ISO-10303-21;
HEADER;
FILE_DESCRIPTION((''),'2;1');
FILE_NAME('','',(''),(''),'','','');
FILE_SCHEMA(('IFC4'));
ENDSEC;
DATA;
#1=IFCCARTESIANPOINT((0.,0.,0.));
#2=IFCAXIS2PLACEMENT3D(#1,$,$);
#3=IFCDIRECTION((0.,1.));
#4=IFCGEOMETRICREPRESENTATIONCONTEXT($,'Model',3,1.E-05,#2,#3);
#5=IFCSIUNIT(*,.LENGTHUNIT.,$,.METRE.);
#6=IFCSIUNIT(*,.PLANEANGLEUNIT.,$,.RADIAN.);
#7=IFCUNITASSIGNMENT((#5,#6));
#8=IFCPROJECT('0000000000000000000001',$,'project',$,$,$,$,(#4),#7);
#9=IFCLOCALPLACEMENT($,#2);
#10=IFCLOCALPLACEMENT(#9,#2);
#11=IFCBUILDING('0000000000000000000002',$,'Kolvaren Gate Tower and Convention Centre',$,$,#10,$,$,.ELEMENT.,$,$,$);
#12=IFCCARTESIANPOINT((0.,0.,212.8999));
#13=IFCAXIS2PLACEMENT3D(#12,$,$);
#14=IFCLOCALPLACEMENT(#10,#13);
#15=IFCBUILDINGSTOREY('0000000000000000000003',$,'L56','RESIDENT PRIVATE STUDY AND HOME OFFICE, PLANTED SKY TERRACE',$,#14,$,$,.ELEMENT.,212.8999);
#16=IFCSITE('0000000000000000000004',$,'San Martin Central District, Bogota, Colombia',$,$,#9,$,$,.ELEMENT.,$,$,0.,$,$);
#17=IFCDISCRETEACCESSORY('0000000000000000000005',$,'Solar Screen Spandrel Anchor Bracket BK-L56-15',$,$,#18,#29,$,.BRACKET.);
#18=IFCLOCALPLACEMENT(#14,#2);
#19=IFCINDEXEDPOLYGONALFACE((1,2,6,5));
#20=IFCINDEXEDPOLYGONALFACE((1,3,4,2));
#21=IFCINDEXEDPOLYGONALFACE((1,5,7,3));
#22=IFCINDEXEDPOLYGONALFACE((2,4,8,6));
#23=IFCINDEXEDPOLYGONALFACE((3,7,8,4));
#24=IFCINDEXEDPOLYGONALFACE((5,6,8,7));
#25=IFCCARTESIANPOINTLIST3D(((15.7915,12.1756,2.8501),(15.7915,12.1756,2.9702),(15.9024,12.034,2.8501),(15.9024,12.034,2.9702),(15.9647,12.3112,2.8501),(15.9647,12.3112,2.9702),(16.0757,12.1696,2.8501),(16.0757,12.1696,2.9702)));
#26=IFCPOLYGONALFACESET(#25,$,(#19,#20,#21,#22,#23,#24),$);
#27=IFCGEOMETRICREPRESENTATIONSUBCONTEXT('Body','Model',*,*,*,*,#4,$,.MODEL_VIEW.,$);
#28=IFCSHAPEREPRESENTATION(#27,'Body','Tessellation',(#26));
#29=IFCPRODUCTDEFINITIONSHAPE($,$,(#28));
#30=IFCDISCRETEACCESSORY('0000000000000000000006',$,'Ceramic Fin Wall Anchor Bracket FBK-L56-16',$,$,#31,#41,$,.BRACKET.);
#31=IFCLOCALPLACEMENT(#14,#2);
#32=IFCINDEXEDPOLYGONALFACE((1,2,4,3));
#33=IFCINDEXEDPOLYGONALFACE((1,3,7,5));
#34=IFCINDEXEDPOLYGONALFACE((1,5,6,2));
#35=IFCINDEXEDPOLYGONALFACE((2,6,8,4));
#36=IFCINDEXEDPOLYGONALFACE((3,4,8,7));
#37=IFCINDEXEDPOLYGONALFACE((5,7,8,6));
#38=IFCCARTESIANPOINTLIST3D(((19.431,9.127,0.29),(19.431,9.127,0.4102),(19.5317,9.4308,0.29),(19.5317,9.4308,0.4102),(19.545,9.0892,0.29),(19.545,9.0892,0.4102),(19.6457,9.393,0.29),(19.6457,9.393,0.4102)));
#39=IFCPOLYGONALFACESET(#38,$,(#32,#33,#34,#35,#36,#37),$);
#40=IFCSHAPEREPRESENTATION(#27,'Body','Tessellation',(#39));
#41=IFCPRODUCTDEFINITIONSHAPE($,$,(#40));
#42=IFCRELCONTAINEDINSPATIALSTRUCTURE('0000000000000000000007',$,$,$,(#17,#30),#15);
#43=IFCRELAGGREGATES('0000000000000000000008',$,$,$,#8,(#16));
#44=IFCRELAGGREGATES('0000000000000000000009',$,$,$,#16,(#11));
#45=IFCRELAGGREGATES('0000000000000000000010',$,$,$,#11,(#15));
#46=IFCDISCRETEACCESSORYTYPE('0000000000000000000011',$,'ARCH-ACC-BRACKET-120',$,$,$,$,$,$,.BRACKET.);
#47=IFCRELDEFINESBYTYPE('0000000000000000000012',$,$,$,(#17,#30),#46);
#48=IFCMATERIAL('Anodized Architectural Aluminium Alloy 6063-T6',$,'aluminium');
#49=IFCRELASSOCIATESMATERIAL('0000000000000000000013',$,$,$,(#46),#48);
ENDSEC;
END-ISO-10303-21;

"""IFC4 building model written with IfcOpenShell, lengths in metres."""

from ifc_helpers import new_model, si_unit, direction, frame, origin, origin_2d, place, context, subcontext, project, spatial, rectangle, extrude, material, type_object, element, save


model = new_model("IFC4")

# Units and contexts
model_context = context("Model", 3, precision=1e-05, world=origin(), true_north=direction((0.0, 1.0)))
body_context = subcontext(model_context, "Body", "Model", "MODEL_VIEW")
ifc_project = project(units=[si_unit("LENGTHUNIT", "METRE"), si_unit("PLANEANGLEUNIT", "RADIAN")], contexts=[model_context])

# Site, building, storey
site_placement = place(None, origin())
site = spatial("IfcSite", under=ifc_project, at=site_placement, Name="San Martin Central District, Bogota, Colombia", CompositionType="ELEMENT", RefElevation=0.0)
building_placement = place(site_placement, origin())
building = spatial("IfcBuilding", under=site, at=building_placement, Name="Kolvaren Gate Tower and Convention Centre", CompositionType="ELEMENT")
storey_placement = place(building_placement, frame((0.0, 0.0, 212.8999)))
storey = spatial("IfcBuildingStorey", under=building, at=storey_placement, Name="L56", Description="RESIDENT PRIVATE STUDY AND HOME OFFICE, PLANTED SKY TERRACE", CompositionType="ELEMENT", Elevation=212.8999)

# Shared definitions
ifc_material_1 = material(Name="Anodized Architectural Aluminium Alloy 6063-T6", Category="aluminium")

# Discrete accessories
discrete_accessory_type = type_object("IfcDiscreteAccessoryType", Name="ARCH-ACC-BRACKET-120", PredefinedType="BRACKET", material=ifc_material_1)
discrete_accessory_1_placement = place(storey_placement, frame((15.9336, 12.1726, 2.8501), z_axis=(0.0, 0.0, 1.0), x_axis=(0.616434, -0.787406, 0.0)))
element("IfcDiscreteAccessory", 1, at=discrete_accessory_1_placement, inside=storey, type_object=discrete_accessory_type, Name="Solar Screen Spandrel Anchor Bracket BK-L56-15", PredefinedType="BRACKET", context=body_context, shape_type="SweptSolid", body=[
    extrude(rectangle(XDim=0.1799, YDim=0.22, at=origin_2d()), origin(), (0.0, 0.0, 1.0), 0.1201),
])
discrete_accessory_2_placement = place(storey_placement, frame((19.5383, 9.26, 0.29), z_axis=(0.0, 0.0, 1.0), x_axis=(0.949242, -0.314548, 0.0)))
element("IfcDiscreteAccessory", 2, at=discrete_accessory_2_placement, inside=storey, type_object=discrete_accessory_type, Name="Ceramic Fin Wall Anchor Bracket FBK-L56-16", PredefinedType="BRACKET", context=body_context, shape_type="SweptSolid", body=[
    extrude(rectangle(XDim=0.1201, YDim=0.3201, at=origin_2d()), origin(), (0.0, 0.0, 1.0), 0.1201),
])

save(model, "model.ifc")
